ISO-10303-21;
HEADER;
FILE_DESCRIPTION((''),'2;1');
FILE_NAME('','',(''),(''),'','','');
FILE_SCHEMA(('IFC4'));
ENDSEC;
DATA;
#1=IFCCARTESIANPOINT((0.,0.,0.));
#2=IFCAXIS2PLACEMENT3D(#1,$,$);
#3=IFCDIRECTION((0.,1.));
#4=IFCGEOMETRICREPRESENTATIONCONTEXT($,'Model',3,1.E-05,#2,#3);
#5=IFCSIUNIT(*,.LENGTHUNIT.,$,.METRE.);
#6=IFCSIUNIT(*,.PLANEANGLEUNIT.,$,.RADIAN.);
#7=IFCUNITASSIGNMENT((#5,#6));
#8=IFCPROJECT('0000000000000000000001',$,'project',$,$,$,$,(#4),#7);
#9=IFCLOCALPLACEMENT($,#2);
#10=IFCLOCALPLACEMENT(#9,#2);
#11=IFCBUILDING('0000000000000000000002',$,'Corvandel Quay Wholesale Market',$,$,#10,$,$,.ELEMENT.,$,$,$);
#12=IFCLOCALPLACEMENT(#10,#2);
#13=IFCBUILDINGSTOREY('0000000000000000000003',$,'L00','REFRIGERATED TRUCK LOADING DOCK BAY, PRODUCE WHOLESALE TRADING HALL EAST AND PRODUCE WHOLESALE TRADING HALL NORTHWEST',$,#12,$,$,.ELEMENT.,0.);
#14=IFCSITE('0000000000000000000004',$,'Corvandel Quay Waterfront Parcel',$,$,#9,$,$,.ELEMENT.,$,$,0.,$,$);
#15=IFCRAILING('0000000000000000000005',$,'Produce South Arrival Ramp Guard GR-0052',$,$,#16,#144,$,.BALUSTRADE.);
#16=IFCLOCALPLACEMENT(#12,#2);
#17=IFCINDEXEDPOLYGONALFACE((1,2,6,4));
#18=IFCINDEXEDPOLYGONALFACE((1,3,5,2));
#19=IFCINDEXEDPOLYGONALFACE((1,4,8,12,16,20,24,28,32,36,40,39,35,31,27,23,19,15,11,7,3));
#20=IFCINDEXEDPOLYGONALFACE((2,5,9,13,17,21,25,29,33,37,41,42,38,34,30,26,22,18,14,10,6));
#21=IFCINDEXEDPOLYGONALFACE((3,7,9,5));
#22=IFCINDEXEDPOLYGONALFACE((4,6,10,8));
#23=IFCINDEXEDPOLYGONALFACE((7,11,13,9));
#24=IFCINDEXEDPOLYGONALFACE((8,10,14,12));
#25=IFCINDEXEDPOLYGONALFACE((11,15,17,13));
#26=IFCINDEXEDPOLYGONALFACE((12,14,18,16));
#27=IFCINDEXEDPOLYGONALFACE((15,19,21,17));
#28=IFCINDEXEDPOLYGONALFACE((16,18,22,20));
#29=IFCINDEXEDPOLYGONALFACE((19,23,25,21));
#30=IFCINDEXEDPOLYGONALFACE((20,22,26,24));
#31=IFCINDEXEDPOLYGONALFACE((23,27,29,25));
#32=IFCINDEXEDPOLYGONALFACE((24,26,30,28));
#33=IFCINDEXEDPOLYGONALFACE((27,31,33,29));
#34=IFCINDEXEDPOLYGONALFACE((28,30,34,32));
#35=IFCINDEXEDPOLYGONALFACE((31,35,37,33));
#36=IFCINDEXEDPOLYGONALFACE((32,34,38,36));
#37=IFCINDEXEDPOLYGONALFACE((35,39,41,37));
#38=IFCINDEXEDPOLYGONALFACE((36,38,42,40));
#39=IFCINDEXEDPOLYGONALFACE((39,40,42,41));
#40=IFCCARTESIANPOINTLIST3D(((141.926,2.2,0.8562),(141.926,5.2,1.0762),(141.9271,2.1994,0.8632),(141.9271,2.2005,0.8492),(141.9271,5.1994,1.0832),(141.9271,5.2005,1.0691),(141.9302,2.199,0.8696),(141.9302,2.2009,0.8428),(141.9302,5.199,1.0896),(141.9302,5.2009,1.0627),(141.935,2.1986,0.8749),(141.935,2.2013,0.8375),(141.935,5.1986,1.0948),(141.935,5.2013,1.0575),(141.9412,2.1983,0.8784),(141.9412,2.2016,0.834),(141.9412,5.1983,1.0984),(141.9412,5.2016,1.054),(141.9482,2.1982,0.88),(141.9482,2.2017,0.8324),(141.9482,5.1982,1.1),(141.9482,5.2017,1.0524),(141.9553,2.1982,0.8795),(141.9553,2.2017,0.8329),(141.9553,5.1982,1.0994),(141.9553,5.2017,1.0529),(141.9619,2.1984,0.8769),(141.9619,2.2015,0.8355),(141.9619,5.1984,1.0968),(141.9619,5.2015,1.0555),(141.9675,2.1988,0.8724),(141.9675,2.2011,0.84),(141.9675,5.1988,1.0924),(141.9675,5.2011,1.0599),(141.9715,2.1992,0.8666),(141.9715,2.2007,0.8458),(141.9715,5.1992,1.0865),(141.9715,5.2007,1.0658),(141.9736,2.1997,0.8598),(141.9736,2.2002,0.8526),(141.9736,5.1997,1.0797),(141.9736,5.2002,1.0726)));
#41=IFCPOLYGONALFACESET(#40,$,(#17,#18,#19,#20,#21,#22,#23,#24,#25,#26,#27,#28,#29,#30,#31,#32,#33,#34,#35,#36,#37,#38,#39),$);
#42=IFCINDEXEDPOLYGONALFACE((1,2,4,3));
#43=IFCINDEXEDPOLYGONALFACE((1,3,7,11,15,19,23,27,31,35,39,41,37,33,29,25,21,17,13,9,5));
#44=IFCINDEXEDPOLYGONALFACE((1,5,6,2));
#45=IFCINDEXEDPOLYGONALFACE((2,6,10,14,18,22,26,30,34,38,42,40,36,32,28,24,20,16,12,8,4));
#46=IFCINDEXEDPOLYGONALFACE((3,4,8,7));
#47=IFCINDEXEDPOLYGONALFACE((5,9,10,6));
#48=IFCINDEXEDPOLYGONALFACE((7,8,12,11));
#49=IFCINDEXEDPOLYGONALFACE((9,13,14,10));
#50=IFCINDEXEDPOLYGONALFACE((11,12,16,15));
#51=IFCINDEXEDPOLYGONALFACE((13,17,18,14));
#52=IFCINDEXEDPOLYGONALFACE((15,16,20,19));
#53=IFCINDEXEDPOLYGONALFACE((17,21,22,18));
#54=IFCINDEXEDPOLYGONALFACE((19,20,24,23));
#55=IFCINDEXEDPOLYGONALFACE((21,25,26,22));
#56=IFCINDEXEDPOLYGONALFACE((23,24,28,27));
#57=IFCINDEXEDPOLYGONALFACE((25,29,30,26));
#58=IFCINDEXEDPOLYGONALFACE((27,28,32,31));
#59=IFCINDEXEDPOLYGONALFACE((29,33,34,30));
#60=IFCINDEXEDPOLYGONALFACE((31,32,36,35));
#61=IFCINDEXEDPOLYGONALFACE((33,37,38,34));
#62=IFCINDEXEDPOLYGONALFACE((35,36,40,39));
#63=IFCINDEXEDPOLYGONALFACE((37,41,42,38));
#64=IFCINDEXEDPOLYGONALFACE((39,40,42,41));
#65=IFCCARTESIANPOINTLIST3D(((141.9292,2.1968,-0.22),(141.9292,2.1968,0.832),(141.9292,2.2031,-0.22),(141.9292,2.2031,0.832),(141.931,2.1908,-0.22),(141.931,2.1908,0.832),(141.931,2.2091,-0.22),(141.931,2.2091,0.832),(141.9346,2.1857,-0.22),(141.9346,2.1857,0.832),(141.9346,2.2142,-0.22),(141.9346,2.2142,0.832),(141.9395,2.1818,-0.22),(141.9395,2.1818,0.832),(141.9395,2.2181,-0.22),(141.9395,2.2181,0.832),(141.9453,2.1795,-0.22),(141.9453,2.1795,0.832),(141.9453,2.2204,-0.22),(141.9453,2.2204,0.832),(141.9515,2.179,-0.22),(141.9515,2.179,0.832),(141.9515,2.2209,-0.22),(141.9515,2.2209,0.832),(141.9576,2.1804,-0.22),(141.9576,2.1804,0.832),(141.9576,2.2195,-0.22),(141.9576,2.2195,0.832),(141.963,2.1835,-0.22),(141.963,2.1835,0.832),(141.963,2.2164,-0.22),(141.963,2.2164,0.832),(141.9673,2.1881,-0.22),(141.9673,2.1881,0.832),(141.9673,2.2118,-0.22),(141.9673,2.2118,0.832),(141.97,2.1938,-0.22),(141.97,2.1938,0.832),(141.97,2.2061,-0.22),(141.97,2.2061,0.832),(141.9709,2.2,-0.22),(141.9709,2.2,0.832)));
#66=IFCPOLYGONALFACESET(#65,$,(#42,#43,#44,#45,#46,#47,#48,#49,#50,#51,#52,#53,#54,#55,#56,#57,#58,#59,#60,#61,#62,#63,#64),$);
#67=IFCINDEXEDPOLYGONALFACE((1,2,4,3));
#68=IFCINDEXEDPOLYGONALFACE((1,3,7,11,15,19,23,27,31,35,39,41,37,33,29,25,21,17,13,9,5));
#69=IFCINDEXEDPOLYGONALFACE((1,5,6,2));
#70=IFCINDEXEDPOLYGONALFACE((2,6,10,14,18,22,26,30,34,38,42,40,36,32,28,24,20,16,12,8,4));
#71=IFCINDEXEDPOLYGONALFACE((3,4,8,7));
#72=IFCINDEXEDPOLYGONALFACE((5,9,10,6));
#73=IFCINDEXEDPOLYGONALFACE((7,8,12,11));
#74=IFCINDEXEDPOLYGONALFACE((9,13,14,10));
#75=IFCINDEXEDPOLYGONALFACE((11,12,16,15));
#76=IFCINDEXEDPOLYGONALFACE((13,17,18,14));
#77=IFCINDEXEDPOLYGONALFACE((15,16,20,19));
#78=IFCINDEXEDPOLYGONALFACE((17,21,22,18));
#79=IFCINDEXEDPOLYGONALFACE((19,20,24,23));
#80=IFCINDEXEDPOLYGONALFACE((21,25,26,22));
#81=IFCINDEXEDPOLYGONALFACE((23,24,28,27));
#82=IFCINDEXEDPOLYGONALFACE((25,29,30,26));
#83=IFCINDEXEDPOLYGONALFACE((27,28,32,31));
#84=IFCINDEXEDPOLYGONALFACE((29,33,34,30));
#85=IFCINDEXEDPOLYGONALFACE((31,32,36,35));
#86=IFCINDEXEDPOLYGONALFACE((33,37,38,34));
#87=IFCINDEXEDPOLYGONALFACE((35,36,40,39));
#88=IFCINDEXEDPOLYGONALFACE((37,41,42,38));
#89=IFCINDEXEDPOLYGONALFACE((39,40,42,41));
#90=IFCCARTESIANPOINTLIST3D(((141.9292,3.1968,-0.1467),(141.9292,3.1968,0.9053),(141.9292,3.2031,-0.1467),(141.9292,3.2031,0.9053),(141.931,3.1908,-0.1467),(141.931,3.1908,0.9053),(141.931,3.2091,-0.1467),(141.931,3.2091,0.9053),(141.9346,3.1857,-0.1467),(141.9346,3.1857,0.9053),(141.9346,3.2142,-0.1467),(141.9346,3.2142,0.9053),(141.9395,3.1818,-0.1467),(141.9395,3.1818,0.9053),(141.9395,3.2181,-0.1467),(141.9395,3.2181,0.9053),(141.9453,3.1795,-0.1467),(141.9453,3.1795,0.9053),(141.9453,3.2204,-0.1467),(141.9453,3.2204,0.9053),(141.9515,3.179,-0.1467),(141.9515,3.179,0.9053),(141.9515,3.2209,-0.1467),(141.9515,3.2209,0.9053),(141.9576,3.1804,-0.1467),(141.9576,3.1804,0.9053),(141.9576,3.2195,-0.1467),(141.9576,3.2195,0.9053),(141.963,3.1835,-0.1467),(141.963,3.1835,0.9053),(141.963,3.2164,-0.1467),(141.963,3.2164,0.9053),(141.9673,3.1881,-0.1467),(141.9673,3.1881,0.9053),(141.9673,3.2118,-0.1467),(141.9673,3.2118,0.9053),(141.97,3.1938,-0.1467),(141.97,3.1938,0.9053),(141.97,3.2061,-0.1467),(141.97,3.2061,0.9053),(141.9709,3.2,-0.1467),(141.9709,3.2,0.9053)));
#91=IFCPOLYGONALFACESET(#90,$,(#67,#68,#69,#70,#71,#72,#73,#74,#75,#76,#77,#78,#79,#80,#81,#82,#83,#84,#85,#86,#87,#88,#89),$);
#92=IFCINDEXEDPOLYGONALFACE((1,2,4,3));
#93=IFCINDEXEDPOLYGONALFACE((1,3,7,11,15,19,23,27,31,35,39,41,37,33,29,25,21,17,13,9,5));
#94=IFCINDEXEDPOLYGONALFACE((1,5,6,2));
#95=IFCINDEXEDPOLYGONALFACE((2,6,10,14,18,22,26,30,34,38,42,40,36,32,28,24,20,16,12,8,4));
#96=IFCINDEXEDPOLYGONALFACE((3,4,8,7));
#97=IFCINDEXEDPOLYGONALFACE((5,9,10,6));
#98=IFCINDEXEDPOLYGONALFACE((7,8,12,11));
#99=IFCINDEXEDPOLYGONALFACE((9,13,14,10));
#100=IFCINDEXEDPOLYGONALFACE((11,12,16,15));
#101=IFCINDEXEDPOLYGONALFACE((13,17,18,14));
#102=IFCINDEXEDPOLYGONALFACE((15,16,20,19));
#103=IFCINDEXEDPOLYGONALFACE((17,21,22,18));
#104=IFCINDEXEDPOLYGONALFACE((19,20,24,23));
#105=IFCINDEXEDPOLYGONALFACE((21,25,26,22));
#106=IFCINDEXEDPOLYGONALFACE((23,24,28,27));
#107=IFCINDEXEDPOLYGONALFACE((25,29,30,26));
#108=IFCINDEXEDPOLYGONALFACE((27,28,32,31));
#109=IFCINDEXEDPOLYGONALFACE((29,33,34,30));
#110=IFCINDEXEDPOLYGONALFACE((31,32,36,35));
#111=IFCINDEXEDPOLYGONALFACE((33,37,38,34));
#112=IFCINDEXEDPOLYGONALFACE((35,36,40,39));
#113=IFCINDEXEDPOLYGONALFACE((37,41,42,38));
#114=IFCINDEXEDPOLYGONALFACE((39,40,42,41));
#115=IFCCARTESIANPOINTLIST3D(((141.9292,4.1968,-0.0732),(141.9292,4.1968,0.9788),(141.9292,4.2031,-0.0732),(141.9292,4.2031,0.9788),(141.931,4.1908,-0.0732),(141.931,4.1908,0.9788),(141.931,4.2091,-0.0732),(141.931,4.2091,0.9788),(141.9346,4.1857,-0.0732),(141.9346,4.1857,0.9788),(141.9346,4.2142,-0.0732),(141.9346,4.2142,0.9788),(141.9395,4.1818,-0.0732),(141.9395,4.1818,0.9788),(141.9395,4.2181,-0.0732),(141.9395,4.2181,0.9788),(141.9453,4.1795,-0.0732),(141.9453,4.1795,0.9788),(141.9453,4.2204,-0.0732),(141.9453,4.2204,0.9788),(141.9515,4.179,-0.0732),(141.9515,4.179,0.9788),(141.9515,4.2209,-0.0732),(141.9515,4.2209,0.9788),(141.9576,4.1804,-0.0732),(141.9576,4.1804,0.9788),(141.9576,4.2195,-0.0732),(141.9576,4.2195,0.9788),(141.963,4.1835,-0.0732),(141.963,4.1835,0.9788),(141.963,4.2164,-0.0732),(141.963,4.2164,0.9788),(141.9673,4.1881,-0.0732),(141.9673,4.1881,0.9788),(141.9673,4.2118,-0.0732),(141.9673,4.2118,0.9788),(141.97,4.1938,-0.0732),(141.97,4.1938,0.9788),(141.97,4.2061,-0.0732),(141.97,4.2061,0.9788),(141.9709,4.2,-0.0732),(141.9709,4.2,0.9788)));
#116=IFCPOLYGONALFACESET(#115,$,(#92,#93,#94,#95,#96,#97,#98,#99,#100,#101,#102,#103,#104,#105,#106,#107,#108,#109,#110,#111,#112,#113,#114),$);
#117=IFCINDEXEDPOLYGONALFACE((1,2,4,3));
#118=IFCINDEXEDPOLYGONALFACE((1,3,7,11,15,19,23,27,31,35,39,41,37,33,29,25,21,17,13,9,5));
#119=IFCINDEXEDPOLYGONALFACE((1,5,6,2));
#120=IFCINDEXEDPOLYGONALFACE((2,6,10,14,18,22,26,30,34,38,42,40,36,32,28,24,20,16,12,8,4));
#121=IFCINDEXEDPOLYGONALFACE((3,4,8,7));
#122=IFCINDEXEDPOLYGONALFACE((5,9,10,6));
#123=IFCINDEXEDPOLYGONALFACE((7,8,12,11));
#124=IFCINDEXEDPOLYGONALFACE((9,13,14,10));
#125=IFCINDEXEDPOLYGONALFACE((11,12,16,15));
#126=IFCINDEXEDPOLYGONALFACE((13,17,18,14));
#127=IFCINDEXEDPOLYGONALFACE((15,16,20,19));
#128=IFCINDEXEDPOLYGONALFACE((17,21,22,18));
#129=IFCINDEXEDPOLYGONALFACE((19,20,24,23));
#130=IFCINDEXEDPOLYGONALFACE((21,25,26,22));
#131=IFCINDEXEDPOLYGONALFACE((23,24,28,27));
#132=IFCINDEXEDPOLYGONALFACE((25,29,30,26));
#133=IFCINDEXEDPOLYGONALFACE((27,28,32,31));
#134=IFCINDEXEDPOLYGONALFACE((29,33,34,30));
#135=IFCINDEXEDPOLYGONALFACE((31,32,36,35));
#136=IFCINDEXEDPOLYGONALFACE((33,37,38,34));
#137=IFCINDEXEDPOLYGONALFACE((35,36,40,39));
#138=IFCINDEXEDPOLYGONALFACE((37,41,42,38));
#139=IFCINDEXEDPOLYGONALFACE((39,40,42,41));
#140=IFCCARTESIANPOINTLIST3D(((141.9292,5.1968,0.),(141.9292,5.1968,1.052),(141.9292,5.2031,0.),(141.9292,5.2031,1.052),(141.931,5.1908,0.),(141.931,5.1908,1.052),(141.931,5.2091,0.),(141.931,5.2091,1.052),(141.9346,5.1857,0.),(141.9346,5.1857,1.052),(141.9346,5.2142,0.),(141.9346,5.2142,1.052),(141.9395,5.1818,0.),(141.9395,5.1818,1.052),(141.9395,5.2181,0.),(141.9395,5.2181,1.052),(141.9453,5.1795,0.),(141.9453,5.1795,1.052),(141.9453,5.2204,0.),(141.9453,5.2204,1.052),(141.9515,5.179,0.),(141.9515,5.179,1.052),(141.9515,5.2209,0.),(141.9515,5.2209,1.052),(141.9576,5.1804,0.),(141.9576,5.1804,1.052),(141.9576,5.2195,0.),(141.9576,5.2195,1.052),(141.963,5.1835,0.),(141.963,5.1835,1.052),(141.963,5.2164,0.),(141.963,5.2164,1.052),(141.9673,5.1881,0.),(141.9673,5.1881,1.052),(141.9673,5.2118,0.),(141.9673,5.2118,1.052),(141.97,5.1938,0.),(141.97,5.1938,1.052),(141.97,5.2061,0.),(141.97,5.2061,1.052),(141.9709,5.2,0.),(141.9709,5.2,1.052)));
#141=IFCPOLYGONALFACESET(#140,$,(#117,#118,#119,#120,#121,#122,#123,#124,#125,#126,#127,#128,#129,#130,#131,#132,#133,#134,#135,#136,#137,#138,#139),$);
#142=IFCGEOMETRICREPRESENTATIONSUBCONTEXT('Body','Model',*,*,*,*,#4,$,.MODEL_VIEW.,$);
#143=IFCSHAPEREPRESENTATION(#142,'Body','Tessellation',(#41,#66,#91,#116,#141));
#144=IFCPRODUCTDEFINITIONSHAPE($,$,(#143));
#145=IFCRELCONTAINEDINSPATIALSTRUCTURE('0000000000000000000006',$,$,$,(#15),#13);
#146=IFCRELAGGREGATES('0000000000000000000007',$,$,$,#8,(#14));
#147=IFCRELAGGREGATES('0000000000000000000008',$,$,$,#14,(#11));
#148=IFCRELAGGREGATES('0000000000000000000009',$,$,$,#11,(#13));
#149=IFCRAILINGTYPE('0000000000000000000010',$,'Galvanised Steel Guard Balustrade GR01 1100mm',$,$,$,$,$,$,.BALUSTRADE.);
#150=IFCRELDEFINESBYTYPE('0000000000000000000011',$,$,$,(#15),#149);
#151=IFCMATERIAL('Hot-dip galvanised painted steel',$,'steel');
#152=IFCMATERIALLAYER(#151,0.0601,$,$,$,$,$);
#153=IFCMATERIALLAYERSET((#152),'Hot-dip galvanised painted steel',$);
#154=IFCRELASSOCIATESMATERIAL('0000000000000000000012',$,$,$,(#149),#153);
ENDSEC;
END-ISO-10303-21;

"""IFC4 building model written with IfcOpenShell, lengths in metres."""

from ifc_helpers import new_model, si_unit, direction, frame, origin, origin_2d, place, context, subcontext, project, spatial, circle, extrude, material, layer, layer_set, type_object, element, save


model = new_model("IFC4")

# Units and contexts
model_context = context("Model", 3, precision=1e-05, world=origin(), true_north=direction((0.0, 1.0)))
body_context = subcontext(model_context, "Body", "Model", "MODEL_VIEW")
ifc_project = project(units=[si_unit("LENGTHUNIT", "METRE"), si_unit("PLANEANGLEUNIT", "RADIAN")], contexts=[model_context])

# Site, building, storey
site_placement = place(None, origin())
site = spatial("IfcSite", under=ifc_project, at=site_placement, Name="Corvandel Quay Waterfront Parcel", CompositionType="ELEMENT", RefElevation=0.0)
building_placement = place(site_placement, origin())
building = spatial("IfcBuilding", under=site, at=building_placement, Name="Corvandel Quay Wholesale Market", CompositionType="ELEMENT")
storey_placement = place(building_placement, origin())
storey = spatial("IfcBuildingStorey", under=building, at=storey_placement, Name="L00", Description="REFRIGERATED TRUCK LOADING DOCK BAY, PRODUCE WHOLESALE TRADING HALL EAST AND PRODUCE WHOLESALE TRADING HALL NORTHWEST", CompositionType="ELEMENT", Elevation=0.0)

# Railing
ifc_material_1 = material(Name="Hot-dip galvanised painted steel", Category="steel")
ifc_layer_1 = layer(ifc_material_1, 0.0601)
ifc_layer_set_1 = layer_set([ifc_layer_1], Name="Hot-dip galvanised painted steel")
railing_type = type_object("IfcRailingType", Name="Galvanised Steel Guard Balustrade GR01 1100mm", PredefinedType="BALUSTRADE", material=ifc_layer_set_1)
for number, where, name in (
    (1, (141.95, 2.2, -0.22), "Produce South Arrival Ramp Guard GR-0052"),
):
    element("IfcRailing", number, at=place(storey_placement, frame(where)), inside=storey, type_object=railing_type, Name=name, PredefinedType="BALUSTRADE", context=body_context, shape_type="SweptSolid", body=[
        extrude(circle(Radius=0.0239, at=origin_2d()), frame((0.0, 0.0, 1.0762), z_axis=(0.0, 0.997323, 0.073127), x_axis=(-1.0, 0.0, 0.0)), (0.0, 0.0, 1.0), 3.0081),
        extrude(circle(Radius=0.021, at=origin_2d()), origin(), (0.0, 0.0, 1.0), 1.052),
        extrude(circle(Radius=0.021, at=origin_2d()), frame((0.0, 1.0, 0.0732)), (0.0, 0.0, 1.0), 1.052),
        extrude(circle(Radius=0.021, at=origin_2d()), frame((0.0, 2.0, 0.1467)), (0.0, 0.0, 1.0), 1.052),
        extrude(circle(Radius=0.021, at=origin_2d()), frame((0.0, 3.0, 0.22)), (0.0, 0.0, 1.0), 1.052),
    ])

save(model, "model.ifc")
